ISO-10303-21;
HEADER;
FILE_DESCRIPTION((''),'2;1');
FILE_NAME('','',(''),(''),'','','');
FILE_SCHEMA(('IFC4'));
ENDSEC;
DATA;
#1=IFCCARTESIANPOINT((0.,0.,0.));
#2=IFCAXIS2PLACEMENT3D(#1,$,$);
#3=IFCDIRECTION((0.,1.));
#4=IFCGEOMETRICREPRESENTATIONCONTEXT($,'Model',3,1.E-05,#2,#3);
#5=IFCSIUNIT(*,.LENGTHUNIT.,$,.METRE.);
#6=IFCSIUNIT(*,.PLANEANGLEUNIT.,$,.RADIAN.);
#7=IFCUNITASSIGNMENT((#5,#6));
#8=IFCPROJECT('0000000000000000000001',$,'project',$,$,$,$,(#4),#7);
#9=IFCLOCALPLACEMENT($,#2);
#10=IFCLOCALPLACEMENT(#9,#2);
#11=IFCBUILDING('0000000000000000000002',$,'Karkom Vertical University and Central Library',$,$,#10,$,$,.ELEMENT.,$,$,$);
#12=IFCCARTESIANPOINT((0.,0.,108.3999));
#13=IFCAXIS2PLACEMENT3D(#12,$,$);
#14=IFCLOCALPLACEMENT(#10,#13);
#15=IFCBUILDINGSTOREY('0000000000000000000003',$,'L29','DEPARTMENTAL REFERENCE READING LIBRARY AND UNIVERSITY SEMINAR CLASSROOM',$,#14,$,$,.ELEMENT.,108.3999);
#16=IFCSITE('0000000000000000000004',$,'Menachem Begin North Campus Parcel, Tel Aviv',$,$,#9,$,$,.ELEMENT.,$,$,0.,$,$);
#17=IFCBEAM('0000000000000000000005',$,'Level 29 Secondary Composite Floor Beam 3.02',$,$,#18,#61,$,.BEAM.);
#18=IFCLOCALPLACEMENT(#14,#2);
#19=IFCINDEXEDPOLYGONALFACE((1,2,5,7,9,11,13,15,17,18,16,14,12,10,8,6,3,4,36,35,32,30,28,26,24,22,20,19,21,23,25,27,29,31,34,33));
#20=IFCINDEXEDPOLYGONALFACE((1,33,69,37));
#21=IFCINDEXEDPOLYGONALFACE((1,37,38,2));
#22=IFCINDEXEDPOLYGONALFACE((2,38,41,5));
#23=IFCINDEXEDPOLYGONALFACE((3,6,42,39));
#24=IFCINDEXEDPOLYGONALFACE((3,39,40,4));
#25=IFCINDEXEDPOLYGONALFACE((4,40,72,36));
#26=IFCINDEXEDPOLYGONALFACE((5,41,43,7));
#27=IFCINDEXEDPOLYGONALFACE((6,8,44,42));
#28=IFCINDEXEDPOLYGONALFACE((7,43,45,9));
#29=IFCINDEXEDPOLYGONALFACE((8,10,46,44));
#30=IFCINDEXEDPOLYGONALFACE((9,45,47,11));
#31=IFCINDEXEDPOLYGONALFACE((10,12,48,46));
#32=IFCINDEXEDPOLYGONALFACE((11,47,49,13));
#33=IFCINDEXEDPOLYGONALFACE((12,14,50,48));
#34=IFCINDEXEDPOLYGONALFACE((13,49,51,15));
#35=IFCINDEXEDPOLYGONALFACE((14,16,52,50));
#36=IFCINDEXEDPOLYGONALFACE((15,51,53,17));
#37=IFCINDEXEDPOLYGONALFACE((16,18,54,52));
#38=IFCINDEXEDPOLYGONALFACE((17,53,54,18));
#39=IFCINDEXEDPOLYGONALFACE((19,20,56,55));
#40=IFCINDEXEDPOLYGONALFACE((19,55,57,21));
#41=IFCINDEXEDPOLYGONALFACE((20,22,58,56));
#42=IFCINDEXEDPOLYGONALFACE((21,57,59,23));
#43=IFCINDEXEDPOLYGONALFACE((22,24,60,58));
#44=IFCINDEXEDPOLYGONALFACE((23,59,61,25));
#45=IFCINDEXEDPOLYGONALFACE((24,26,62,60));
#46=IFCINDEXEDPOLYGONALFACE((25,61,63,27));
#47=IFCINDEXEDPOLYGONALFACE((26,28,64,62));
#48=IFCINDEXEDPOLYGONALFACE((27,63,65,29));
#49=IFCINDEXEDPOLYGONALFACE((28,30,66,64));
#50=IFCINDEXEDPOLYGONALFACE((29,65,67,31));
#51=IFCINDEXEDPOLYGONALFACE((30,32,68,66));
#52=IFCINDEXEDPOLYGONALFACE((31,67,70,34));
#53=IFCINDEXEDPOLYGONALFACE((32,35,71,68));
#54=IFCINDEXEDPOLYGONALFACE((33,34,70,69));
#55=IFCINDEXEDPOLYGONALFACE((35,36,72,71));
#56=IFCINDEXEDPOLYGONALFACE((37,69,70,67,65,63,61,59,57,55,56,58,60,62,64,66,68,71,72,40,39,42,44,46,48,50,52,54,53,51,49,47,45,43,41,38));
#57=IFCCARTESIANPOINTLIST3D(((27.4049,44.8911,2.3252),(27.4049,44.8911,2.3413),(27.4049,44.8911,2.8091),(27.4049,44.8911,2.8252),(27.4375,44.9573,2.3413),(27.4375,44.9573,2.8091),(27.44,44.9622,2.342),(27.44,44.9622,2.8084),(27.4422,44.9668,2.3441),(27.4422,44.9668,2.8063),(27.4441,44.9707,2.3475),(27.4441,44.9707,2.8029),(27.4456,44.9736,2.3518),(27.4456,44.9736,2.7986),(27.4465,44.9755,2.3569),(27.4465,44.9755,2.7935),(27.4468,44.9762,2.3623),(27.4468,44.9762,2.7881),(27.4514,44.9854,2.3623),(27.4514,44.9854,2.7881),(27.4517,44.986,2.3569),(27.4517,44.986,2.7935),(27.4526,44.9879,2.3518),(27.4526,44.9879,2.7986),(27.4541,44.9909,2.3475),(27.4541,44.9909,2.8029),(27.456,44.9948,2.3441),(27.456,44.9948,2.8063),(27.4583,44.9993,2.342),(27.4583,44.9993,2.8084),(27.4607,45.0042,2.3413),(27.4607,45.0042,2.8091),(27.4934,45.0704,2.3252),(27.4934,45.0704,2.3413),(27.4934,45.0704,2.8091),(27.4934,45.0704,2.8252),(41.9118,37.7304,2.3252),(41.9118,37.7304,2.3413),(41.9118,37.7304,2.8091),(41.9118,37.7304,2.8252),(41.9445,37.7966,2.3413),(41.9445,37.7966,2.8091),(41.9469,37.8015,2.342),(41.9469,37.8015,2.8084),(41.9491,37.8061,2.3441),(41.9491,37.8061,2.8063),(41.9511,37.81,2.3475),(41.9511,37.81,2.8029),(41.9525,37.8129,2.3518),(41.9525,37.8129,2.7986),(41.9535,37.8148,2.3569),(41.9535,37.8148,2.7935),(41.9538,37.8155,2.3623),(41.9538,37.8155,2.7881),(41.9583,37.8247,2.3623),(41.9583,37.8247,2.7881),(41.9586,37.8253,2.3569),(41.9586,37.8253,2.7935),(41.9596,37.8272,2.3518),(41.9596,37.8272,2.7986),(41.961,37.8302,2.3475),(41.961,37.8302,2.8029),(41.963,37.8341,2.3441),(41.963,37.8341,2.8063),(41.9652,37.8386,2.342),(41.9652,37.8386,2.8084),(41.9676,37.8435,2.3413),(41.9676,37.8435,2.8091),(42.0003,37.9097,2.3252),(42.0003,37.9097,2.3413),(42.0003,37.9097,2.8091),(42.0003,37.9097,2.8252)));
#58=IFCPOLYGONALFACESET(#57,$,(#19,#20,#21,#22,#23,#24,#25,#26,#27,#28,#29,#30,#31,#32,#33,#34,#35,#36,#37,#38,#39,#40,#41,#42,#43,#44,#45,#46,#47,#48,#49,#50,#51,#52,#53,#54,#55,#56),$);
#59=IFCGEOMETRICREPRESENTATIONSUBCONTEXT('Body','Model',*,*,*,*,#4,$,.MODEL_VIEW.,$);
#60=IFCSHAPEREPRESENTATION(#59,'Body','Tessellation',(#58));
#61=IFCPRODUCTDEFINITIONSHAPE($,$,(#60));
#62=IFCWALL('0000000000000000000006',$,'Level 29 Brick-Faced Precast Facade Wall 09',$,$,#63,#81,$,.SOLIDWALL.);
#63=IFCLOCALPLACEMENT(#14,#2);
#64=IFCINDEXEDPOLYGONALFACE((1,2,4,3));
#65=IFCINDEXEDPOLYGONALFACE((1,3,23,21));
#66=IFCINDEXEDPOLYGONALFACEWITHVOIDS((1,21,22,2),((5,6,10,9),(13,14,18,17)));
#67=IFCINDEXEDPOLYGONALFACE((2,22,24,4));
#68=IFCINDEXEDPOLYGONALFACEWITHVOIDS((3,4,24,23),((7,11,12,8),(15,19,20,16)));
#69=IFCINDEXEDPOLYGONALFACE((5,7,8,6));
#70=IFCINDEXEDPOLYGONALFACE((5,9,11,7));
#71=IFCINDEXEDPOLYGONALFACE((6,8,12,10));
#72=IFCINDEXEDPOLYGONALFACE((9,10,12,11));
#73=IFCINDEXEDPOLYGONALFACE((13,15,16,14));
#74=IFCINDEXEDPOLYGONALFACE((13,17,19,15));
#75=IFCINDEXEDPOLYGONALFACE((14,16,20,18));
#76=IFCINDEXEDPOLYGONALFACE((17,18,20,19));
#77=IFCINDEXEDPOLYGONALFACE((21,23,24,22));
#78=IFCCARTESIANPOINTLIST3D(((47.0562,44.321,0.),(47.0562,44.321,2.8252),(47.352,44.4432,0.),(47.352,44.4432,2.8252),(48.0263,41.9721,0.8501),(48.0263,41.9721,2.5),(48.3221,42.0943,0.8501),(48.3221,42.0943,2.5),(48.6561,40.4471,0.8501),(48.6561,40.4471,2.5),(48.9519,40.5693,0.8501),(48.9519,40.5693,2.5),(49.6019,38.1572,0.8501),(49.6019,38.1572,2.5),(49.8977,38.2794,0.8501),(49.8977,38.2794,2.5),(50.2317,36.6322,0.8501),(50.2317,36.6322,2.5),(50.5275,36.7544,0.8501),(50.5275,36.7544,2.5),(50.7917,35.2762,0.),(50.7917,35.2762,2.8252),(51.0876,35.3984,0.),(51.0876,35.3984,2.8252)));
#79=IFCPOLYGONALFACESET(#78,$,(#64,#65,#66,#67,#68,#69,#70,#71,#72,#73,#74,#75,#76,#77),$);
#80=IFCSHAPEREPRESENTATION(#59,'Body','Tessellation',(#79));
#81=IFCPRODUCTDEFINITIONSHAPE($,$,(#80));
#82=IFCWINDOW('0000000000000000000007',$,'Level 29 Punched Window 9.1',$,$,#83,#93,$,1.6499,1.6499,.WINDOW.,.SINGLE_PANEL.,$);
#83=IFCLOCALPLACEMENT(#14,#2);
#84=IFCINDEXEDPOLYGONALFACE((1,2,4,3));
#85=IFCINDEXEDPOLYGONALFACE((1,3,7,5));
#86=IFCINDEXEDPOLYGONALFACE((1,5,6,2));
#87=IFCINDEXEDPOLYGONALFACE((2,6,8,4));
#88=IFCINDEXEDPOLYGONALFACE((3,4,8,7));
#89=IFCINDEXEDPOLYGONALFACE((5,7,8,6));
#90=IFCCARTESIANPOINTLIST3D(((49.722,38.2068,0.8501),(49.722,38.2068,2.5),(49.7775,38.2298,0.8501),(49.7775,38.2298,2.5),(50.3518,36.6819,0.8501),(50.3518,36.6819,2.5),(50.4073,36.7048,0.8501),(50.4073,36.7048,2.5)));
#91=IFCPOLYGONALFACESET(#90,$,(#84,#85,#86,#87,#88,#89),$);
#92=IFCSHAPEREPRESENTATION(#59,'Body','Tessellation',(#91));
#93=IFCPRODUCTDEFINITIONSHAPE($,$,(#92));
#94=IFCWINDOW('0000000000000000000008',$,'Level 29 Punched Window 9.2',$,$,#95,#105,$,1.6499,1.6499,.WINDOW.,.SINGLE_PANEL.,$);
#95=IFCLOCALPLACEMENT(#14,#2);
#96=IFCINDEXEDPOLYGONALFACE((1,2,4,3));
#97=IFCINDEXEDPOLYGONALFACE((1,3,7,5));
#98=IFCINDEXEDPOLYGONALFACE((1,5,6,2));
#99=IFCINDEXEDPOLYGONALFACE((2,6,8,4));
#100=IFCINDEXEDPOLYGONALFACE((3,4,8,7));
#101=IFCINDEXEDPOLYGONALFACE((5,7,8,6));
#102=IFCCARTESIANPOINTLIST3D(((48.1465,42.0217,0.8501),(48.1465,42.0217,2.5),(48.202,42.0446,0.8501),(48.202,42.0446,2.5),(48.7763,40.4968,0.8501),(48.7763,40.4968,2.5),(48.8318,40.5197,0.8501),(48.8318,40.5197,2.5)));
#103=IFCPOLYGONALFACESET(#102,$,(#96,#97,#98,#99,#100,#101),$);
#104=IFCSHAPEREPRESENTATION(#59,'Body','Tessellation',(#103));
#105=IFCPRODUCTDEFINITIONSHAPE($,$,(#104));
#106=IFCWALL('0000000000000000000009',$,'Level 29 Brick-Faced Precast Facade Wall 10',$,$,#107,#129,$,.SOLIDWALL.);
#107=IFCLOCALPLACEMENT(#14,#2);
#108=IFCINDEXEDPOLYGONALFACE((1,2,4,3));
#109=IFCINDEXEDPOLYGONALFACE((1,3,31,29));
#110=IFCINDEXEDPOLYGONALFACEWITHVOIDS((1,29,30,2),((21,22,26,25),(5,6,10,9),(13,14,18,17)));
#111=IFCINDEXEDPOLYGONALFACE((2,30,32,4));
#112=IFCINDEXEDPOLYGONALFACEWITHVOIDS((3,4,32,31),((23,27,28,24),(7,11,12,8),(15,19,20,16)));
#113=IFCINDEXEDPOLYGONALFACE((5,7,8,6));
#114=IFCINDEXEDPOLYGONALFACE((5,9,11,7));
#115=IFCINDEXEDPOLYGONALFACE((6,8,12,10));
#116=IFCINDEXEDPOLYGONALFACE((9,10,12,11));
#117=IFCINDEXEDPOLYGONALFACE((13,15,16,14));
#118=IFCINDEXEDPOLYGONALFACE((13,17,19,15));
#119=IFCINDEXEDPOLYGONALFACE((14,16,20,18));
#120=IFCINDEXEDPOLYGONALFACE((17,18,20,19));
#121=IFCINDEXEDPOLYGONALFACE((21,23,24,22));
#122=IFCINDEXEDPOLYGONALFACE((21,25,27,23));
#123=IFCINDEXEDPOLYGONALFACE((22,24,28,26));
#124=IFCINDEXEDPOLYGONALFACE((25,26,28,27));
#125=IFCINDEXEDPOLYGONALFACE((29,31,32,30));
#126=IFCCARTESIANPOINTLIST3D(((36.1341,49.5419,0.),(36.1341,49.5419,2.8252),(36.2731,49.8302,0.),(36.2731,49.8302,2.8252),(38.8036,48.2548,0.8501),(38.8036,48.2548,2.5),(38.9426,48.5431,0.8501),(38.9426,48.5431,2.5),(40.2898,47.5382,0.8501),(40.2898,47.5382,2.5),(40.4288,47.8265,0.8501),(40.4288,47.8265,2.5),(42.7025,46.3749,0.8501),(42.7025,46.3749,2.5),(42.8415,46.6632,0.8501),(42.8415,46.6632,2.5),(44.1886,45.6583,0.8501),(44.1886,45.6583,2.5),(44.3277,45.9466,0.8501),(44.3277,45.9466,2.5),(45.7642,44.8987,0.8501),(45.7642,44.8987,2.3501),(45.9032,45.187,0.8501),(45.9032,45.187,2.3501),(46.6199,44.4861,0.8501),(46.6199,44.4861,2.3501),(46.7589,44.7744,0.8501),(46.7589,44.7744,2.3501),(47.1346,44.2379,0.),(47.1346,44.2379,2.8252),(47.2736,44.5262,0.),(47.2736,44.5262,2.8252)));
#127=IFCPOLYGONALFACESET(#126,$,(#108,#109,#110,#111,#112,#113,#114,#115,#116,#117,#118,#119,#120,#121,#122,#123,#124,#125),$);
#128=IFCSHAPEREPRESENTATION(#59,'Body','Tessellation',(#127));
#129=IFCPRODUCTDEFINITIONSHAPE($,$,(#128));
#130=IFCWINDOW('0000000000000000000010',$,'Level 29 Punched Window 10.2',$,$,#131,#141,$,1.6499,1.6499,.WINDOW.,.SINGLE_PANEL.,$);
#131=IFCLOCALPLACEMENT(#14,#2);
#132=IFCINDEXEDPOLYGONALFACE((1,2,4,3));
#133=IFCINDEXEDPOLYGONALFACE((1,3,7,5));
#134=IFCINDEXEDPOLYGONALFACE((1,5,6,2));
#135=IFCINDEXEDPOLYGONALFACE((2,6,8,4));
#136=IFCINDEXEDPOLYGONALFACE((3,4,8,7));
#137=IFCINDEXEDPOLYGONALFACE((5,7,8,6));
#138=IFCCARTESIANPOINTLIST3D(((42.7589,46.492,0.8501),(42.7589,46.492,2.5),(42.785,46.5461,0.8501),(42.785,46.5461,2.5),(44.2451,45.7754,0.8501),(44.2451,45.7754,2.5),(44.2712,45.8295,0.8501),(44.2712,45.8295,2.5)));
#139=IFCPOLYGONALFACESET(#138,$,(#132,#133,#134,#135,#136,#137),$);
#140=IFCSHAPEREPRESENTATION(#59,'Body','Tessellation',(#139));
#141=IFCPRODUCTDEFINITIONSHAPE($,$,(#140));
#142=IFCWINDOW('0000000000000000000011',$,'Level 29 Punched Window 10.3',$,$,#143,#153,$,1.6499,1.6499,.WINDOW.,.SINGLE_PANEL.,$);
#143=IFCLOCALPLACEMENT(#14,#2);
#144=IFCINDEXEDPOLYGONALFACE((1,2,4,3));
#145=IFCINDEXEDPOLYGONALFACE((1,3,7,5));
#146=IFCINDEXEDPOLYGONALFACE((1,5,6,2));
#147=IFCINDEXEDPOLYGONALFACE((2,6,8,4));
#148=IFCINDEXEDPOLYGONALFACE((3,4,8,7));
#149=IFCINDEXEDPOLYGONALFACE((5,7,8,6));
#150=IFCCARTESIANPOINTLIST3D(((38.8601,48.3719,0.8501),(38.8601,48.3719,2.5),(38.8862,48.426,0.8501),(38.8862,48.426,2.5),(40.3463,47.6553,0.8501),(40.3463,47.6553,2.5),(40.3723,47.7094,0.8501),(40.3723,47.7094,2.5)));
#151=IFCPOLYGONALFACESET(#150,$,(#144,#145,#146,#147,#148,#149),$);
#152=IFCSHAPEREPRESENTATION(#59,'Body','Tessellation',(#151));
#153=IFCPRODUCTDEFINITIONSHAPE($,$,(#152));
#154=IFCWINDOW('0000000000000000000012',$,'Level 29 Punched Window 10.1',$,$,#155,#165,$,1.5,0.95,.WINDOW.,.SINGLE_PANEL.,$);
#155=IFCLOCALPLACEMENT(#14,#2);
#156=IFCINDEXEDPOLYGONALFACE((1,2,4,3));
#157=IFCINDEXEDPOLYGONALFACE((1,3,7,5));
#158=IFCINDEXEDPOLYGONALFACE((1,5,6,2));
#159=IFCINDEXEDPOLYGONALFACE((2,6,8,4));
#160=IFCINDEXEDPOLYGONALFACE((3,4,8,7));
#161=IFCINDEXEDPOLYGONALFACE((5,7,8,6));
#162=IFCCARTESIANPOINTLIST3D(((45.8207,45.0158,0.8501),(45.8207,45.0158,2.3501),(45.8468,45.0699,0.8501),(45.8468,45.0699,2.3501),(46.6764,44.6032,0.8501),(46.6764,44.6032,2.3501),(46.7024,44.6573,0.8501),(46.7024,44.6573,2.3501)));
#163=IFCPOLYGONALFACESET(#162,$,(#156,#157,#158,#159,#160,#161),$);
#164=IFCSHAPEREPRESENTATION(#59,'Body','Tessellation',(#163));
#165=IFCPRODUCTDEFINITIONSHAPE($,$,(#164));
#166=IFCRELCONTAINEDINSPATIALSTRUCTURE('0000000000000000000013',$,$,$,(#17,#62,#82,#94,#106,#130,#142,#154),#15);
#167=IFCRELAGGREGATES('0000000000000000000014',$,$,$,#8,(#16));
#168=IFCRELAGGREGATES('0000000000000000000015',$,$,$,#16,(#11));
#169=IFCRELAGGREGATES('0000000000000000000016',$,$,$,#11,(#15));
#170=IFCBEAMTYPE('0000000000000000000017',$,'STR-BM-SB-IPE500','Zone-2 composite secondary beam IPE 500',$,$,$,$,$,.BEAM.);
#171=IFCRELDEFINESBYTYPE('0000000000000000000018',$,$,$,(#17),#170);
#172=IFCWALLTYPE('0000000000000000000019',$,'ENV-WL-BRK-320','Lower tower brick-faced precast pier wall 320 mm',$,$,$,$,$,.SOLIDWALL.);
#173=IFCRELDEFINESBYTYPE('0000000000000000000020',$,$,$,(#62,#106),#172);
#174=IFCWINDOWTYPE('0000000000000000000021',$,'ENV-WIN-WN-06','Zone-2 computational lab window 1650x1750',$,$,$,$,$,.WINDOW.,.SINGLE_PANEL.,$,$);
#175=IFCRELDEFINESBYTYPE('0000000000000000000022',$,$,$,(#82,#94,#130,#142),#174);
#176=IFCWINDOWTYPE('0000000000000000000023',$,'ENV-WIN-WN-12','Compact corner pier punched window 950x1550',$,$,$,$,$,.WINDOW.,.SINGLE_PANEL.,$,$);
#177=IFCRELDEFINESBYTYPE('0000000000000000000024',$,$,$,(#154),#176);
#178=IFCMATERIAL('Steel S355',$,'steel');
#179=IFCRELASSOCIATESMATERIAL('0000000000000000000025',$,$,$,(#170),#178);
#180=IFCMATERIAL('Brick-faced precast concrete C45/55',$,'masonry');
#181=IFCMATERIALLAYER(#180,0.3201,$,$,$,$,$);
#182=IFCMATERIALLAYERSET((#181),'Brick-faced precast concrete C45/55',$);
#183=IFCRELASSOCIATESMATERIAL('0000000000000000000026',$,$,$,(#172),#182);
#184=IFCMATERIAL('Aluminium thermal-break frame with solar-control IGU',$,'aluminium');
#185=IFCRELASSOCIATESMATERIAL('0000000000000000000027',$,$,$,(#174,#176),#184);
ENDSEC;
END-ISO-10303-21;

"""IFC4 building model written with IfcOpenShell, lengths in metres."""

from ifc_helpers import new_model, si_unit, direction, frame, frame_2d, origin, origin_with_axes, origin_2d, place, context, subcontext, project, spatial, rectangle, i_section, extrude, source, transform, mapped, material, layer, layer_set, material_profile, profile_set, type_object, element, fill, save


model = new_model("IFC4")

# Units and contexts
model_context = context("Model", 3, precision=1e-05, world=origin(), true_north=direction((0.0, 1.0)))
body_context = subcontext(model_context, "Body", "Model", "MODEL_VIEW")
ifc_project = project(units=[si_unit("LENGTHUNIT", "METRE"), si_unit("PLANEANGLEUNIT", "RADIAN")], contexts=[model_context])

# Site, building, storey
site_placement = place(None, origin())
site = spatial("IfcSite", under=ifc_project, at=site_placement, Name="Menachem Begin North Campus Parcel, Tel Aviv", CompositionType="ELEMENT", RefElevation=0.0)
building_placement = place(site_placement, origin())
building = spatial("IfcBuilding", under=site, at=building_placement, Name="Karkom Vertical University and Central Library", CompositionType="ELEMENT")
storey_placement = place(building_placement, frame((0.0, 0.0, 108.3999)))
storey = spatial("IfcBuildingStorey", under=building, at=storey_placement, Name="L29", Description="DEPARTMENTAL REFERENCE READING LIBRARY AND UNIVERSITY SEMINAR CLASSROOM", CompositionType="ELEMENT", Elevation=108.3999)

# Beam
ifc_material_1 = material(Name="Steel S355", Category="steel")
ifc_material_profile_1 = material_profile(ifc_material_1, i_section(OverallWidth=0.2, OverallDepth=0.5, WebThickness=0.0103, FlangeThickness=0.0161, FilletRadius=0.021, at=origin_2d()), Name="IPE 500")
ifc_profile_set_1 = profile_set([ifc_material_profile_1], Name="Steel S355")
beam_type_1 = type_object("IfcBeamType", Name="STR-BM-SB-IPE500", Description="Zone-2 composite secondary beam IPE 500", PredefinedType="BEAM", material=ifc_profile_set_1)
shared_shape_1 = source(origin_with_axes(), body_context, "Body", "SweptSolid", [
    extrude(i_section(OverallWidth=0.2, OverallDepth=0.5, WebThickness=0.0103, FlangeThickness=0.0161, FilletRadius=0.021, at=origin_2d()), origin(), (0.0, 0.0, 1.0), 16.178),
])
beam_1_placement = place(storey_placement, frame((41.9561, 37.8201, 2.5752), z_axis=(-0.896709, 0.44262, 0.0), x_axis=(-0.44262, -0.896709, 0.0)))
element("IfcBeam", 1, at=beam_1_placement, inside=storey, type_object=beam_type_1, Name="Level 29 Secondary Composite Floor Beam 3.02", PredefinedType="BEAM", context=body_context, shape_type="MappedRepresentation", body=[
    mapped(shared_shape_1, transform((0.0, 0.0, 0.0), scale=1.0)),
])

# Walls, openings, windows
ifc_material_2 = material(Name="Brick-faced precast concrete C45/55", Category="masonry")
ifc_layer_1 = layer(ifc_material_2, 0.3201)
ifc_layer_set_1 = layer_set([ifc_layer_1], Name="Brick-faced precast concrete C45/55")
wall_type_1 = type_object("IfcWallType", Name="ENV-WL-BRK-320", Description="Lower tower brick-faced precast pier wall 320 mm", PredefinedType="SOLIDWALL", material=ifc_layer_set_1)
wall_1_placement = place(storey_placement, frame((50.9397, 35.3372, 0.0), z_axis=(0.0, 0.0, 1.0), x_axis=(-0.38173, 0.924274, 0.0)))
wall_1 = element("IfcWall", 2, at=wall_1_placement, inside=storey, type_object=wall_type_1, Name="Level 29 Brick-Faced Precast Facade Wall 09", PredefinedType="SOLIDWALL", context=body_context, shape_type="SweptSolid", body=[
    extrude(rectangle(XDim=9.7859, YDim=0.3201, at=frame_2d((4.8931, 0.0))), origin(), (0.0, 0.0, 1.0), 2.8252),
])
opening_1_placement = place(wall_1_placement, frame((1.4673, 0.0, 0.8501)))
opening_1 = element("IfcOpeningElement", 3, at=opening_1_placement, cuts=wall_1, PredefinedType="OPENING", context=body_context, shape_type="SweptSolid", body=[
    extrude(rectangle(XDim=1.6499, YDim=1.6499, at=frame_2d((0.825, 0.825))), frame((0.0, 0.1699, 0.0), z_axis=(0.0, -1.0, 0.0), x_axis=(1.0, 0.0, 0.0)), (0.0, 0.0, 1.0), 0.3401),
])
opening_2_placement = place(wall_1_placement, frame((5.5947, 0.0, 0.8501)))
opening_2 = element("IfcOpeningElement", 4, at=opening_2_placement, cuts=wall_1, PredefinedType="OPENING", context=body_context, shape_type="SweptSolid", body=[
    extrude(rectangle(XDim=1.6499, YDim=1.6499, at=frame_2d((0.825, 0.825))), frame((0.0, 0.1699, 0.0), z_axis=(0.0, -1.0, 0.0), x_axis=(1.0, 0.0, 0.0)), (0.0, 0.0, 1.0), 0.3401),
])
ifc_material_3 = material(Name="Aluminium thermal-break frame with solar-control IGU", Category="aluminium")
window_type_1 = type_object("IfcWindowType", Name="ENV-WIN-WN-06", Description="Zone-2 computational lab window 1650x1750", PartitioningType="SINGLE_PANEL", PredefinedType="WINDOW", material=ifc_material_3)
shared_shape_2 = source(origin_with_axes(), body_context, "Body", "SweptSolid", [
    extrude(rectangle(XDim=1.6499, YDim=1.6499, at=frame_2d((0.825, 0.825))), frame((0.0, 0.03, 0.0), z_axis=(0.0, -1.0, 0.0), x_axis=(1.0, 0.0, 0.0)), (0.0, 0.0, 1.0), 0.0601),
])
window_1_placement = place(opening_1_placement, origin())
window_1 = element("IfcWindow", 5, at=window_1_placement, inside=storey, type_object=window_type_1, Name="Level 29 Punched Window 9.1", OverallHeight=1.6499, OverallWidth=1.6499, PartitioningType="SINGLE_PANEL", PredefinedType="WINDOW", context=body_context, shape_type="MappedRepresentation", body=[
    mapped(shared_shape_2, transform((0.0, 0.0, 0.0), scale=1.0)),
])
fill(opening_1, window_1)
window_2_placement = place(opening_2_placement, origin())
window_2 = element("IfcWindow", 6, at=window_2_placement, inside=storey, type_object=window_type_1, Name="Level 29 Punched Window 9.2", OverallHeight=1.6499, OverallWidth=1.6499, PartitioningType="SINGLE_PANEL", PredefinedType="WINDOW", context=body_context, shape_type="MappedRepresentation", body=[
    mapped(shared_shape_2, transform((0.0, 0.0, 0.0), scale=1.0)),
])
fill(opening_2, window_2)
wall_2_placement = place(storey_placement, frame((47.2041, 44.3821, 0.0), z_axis=(0.0, 0.0, 1.0), x_axis=(-0.900764, 0.434309, 0.0)))
wall_2 = element("IfcWall", 7, at=wall_2_placement, inside=storey, type_object=wall_type_1, Name="Level 29 Brick-Faced Precast Facade Wall 10", PredefinedType="SOLIDWALL", context=body_context, shape_type="SweptSolid", body=[
    extrude(rectangle(XDim=12.2124, YDim=0.3201, at=frame_2d((6.1062, 0.0))), origin(), (0.0, 0.0, 1.0), 2.8252),
])
opening_3_placement = place(wall_2_placement, frame((0.5713, 0.0, 0.8501)))
opening_3 = element("IfcOpeningElement", 8, at=opening_3_placement, cuts=wall_2, PredefinedType="OPENING", context=body_context, shape_type="SweptSolid", body=[
    extrude(rectangle(XDim=0.95, YDim=1.5, at=frame_2d((0.4751, 0.75))), frame((0.0, 0.1699, 0.0), z_axis=(0.0, -1.0, 0.0), x_axis=(1.0, 0.0, 0.0)), (0.0, 0.0, 1.0), 0.3401),
])
opening_4_placement = place(wall_2_placement, frame((3.2705, 0.0, 0.8501)))
opening_4 = element("IfcOpeningElement", 9, at=opening_4_placement, cuts=wall_2, PredefinedType="OPENING", context=body_context, shape_type="SweptSolid", body=[
    extrude(rectangle(XDim=1.6499, YDim=1.6499, at=frame_2d((0.825, 0.825))), frame((0.0, 0.1699, 0.0), z_axis=(0.0, -1.0, 0.0), x_axis=(1.0, 0.0, 0.0)), (0.0, 0.0, 1.0), 0.3401),
])
opening_5_placement = place(wall_2_placement, frame((7.5989, 0.0, 0.8501)))
opening_5 = element("IfcOpeningElement", 10, at=opening_5_placement, cuts=wall_2, PredefinedType="OPENING", context=body_context, shape_type="SweptSolid", body=[
    extrude(rectangle(XDim=1.6499, YDim=1.6499, at=frame_2d((0.825, 0.825))), frame((0.0, 0.1699, 0.0), z_axis=(0.0, -1.0, 0.0), x_axis=(1.0, 0.0, 0.0)), (0.0, 0.0, 1.0), 0.3401),
])
window_3_placement = place(opening_4_placement, origin())
window_3 = element("IfcWindow", 11, at=window_3_placement, inside=storey, type_object=window_type_1, Name="Level 29 Punched Window 10.2", OverallHeight=1.6499, OverallWidth=1.6499, PartitioningType="SINGLE_PANEL", PredefinedType="WINDOW", context=body_context, shape_type="MappedRepresentation", body=[
    mapped(shared_shape_2, transform((0.0, 0.0, 0.0), scale=1.0)),
])
fill(opening_4, window_3)
window_4_placement = place(opening_5_placement, origin())
window_4 = element("IfcWindow", 12, at=window_4_placement, inside=storey, type_object=window_type_1, Name="Level 29 Punched Window 10.3", OverallHeight=1.6499, OverallWidth=1.6499, PartitioningType="SINGLE_PANEL", PredefinedType="WINDOW", context=body_context, shape_type="MappedRepresentation", body=[
    mapped(shared_shape_2, transform((0.0, 0.0, 0.0), scale=1.0)),
])
fill(opening_5, window_4)
window_type_2 = type_object("IfcWindowType", Name="ENV-WIN-WN-12", Description="Compact corner pier punched window 950x1550", PartitioningType="SINGLE_PANEL", PredefinedType="WINDOW", material=ifc_material_3)
shared_shape_3 = source(origin_with_axes(), body_context, "Body", "SweptSolid", [
    extrude(rectangle(XDim=0.95, YDim=1.5, at=frame_2d((0.4751, 0.75))), frame((0.0, 0.03, 0.0), z_axis=(0.0, -1.0, 0.0), x_axis=(1.0, 0.0, 0.0)), (0.0, 0.0, 1.0), 0.0601),
])
window_5_placement = place(opening_3_placement, origin())
window_5 = element("IfcWindow", 13, at=window_5_placement, inside=storey, type_object=window_type_2, Name="Level 29 Punched Window 10.1", OverallHeight=1.5, OverallWidth=0.95, PartitioningType="SINGLE_PANEL", PredefinedType="WINDOW", context=body_context, shape_type="MappedRepresentation", body=[
    mapped(shared_shape_3, transform((0.0, 0.0, 0.0), scale=1.0)),
])
fill(opening_3, window_5)

save(model, "model.ifc")
